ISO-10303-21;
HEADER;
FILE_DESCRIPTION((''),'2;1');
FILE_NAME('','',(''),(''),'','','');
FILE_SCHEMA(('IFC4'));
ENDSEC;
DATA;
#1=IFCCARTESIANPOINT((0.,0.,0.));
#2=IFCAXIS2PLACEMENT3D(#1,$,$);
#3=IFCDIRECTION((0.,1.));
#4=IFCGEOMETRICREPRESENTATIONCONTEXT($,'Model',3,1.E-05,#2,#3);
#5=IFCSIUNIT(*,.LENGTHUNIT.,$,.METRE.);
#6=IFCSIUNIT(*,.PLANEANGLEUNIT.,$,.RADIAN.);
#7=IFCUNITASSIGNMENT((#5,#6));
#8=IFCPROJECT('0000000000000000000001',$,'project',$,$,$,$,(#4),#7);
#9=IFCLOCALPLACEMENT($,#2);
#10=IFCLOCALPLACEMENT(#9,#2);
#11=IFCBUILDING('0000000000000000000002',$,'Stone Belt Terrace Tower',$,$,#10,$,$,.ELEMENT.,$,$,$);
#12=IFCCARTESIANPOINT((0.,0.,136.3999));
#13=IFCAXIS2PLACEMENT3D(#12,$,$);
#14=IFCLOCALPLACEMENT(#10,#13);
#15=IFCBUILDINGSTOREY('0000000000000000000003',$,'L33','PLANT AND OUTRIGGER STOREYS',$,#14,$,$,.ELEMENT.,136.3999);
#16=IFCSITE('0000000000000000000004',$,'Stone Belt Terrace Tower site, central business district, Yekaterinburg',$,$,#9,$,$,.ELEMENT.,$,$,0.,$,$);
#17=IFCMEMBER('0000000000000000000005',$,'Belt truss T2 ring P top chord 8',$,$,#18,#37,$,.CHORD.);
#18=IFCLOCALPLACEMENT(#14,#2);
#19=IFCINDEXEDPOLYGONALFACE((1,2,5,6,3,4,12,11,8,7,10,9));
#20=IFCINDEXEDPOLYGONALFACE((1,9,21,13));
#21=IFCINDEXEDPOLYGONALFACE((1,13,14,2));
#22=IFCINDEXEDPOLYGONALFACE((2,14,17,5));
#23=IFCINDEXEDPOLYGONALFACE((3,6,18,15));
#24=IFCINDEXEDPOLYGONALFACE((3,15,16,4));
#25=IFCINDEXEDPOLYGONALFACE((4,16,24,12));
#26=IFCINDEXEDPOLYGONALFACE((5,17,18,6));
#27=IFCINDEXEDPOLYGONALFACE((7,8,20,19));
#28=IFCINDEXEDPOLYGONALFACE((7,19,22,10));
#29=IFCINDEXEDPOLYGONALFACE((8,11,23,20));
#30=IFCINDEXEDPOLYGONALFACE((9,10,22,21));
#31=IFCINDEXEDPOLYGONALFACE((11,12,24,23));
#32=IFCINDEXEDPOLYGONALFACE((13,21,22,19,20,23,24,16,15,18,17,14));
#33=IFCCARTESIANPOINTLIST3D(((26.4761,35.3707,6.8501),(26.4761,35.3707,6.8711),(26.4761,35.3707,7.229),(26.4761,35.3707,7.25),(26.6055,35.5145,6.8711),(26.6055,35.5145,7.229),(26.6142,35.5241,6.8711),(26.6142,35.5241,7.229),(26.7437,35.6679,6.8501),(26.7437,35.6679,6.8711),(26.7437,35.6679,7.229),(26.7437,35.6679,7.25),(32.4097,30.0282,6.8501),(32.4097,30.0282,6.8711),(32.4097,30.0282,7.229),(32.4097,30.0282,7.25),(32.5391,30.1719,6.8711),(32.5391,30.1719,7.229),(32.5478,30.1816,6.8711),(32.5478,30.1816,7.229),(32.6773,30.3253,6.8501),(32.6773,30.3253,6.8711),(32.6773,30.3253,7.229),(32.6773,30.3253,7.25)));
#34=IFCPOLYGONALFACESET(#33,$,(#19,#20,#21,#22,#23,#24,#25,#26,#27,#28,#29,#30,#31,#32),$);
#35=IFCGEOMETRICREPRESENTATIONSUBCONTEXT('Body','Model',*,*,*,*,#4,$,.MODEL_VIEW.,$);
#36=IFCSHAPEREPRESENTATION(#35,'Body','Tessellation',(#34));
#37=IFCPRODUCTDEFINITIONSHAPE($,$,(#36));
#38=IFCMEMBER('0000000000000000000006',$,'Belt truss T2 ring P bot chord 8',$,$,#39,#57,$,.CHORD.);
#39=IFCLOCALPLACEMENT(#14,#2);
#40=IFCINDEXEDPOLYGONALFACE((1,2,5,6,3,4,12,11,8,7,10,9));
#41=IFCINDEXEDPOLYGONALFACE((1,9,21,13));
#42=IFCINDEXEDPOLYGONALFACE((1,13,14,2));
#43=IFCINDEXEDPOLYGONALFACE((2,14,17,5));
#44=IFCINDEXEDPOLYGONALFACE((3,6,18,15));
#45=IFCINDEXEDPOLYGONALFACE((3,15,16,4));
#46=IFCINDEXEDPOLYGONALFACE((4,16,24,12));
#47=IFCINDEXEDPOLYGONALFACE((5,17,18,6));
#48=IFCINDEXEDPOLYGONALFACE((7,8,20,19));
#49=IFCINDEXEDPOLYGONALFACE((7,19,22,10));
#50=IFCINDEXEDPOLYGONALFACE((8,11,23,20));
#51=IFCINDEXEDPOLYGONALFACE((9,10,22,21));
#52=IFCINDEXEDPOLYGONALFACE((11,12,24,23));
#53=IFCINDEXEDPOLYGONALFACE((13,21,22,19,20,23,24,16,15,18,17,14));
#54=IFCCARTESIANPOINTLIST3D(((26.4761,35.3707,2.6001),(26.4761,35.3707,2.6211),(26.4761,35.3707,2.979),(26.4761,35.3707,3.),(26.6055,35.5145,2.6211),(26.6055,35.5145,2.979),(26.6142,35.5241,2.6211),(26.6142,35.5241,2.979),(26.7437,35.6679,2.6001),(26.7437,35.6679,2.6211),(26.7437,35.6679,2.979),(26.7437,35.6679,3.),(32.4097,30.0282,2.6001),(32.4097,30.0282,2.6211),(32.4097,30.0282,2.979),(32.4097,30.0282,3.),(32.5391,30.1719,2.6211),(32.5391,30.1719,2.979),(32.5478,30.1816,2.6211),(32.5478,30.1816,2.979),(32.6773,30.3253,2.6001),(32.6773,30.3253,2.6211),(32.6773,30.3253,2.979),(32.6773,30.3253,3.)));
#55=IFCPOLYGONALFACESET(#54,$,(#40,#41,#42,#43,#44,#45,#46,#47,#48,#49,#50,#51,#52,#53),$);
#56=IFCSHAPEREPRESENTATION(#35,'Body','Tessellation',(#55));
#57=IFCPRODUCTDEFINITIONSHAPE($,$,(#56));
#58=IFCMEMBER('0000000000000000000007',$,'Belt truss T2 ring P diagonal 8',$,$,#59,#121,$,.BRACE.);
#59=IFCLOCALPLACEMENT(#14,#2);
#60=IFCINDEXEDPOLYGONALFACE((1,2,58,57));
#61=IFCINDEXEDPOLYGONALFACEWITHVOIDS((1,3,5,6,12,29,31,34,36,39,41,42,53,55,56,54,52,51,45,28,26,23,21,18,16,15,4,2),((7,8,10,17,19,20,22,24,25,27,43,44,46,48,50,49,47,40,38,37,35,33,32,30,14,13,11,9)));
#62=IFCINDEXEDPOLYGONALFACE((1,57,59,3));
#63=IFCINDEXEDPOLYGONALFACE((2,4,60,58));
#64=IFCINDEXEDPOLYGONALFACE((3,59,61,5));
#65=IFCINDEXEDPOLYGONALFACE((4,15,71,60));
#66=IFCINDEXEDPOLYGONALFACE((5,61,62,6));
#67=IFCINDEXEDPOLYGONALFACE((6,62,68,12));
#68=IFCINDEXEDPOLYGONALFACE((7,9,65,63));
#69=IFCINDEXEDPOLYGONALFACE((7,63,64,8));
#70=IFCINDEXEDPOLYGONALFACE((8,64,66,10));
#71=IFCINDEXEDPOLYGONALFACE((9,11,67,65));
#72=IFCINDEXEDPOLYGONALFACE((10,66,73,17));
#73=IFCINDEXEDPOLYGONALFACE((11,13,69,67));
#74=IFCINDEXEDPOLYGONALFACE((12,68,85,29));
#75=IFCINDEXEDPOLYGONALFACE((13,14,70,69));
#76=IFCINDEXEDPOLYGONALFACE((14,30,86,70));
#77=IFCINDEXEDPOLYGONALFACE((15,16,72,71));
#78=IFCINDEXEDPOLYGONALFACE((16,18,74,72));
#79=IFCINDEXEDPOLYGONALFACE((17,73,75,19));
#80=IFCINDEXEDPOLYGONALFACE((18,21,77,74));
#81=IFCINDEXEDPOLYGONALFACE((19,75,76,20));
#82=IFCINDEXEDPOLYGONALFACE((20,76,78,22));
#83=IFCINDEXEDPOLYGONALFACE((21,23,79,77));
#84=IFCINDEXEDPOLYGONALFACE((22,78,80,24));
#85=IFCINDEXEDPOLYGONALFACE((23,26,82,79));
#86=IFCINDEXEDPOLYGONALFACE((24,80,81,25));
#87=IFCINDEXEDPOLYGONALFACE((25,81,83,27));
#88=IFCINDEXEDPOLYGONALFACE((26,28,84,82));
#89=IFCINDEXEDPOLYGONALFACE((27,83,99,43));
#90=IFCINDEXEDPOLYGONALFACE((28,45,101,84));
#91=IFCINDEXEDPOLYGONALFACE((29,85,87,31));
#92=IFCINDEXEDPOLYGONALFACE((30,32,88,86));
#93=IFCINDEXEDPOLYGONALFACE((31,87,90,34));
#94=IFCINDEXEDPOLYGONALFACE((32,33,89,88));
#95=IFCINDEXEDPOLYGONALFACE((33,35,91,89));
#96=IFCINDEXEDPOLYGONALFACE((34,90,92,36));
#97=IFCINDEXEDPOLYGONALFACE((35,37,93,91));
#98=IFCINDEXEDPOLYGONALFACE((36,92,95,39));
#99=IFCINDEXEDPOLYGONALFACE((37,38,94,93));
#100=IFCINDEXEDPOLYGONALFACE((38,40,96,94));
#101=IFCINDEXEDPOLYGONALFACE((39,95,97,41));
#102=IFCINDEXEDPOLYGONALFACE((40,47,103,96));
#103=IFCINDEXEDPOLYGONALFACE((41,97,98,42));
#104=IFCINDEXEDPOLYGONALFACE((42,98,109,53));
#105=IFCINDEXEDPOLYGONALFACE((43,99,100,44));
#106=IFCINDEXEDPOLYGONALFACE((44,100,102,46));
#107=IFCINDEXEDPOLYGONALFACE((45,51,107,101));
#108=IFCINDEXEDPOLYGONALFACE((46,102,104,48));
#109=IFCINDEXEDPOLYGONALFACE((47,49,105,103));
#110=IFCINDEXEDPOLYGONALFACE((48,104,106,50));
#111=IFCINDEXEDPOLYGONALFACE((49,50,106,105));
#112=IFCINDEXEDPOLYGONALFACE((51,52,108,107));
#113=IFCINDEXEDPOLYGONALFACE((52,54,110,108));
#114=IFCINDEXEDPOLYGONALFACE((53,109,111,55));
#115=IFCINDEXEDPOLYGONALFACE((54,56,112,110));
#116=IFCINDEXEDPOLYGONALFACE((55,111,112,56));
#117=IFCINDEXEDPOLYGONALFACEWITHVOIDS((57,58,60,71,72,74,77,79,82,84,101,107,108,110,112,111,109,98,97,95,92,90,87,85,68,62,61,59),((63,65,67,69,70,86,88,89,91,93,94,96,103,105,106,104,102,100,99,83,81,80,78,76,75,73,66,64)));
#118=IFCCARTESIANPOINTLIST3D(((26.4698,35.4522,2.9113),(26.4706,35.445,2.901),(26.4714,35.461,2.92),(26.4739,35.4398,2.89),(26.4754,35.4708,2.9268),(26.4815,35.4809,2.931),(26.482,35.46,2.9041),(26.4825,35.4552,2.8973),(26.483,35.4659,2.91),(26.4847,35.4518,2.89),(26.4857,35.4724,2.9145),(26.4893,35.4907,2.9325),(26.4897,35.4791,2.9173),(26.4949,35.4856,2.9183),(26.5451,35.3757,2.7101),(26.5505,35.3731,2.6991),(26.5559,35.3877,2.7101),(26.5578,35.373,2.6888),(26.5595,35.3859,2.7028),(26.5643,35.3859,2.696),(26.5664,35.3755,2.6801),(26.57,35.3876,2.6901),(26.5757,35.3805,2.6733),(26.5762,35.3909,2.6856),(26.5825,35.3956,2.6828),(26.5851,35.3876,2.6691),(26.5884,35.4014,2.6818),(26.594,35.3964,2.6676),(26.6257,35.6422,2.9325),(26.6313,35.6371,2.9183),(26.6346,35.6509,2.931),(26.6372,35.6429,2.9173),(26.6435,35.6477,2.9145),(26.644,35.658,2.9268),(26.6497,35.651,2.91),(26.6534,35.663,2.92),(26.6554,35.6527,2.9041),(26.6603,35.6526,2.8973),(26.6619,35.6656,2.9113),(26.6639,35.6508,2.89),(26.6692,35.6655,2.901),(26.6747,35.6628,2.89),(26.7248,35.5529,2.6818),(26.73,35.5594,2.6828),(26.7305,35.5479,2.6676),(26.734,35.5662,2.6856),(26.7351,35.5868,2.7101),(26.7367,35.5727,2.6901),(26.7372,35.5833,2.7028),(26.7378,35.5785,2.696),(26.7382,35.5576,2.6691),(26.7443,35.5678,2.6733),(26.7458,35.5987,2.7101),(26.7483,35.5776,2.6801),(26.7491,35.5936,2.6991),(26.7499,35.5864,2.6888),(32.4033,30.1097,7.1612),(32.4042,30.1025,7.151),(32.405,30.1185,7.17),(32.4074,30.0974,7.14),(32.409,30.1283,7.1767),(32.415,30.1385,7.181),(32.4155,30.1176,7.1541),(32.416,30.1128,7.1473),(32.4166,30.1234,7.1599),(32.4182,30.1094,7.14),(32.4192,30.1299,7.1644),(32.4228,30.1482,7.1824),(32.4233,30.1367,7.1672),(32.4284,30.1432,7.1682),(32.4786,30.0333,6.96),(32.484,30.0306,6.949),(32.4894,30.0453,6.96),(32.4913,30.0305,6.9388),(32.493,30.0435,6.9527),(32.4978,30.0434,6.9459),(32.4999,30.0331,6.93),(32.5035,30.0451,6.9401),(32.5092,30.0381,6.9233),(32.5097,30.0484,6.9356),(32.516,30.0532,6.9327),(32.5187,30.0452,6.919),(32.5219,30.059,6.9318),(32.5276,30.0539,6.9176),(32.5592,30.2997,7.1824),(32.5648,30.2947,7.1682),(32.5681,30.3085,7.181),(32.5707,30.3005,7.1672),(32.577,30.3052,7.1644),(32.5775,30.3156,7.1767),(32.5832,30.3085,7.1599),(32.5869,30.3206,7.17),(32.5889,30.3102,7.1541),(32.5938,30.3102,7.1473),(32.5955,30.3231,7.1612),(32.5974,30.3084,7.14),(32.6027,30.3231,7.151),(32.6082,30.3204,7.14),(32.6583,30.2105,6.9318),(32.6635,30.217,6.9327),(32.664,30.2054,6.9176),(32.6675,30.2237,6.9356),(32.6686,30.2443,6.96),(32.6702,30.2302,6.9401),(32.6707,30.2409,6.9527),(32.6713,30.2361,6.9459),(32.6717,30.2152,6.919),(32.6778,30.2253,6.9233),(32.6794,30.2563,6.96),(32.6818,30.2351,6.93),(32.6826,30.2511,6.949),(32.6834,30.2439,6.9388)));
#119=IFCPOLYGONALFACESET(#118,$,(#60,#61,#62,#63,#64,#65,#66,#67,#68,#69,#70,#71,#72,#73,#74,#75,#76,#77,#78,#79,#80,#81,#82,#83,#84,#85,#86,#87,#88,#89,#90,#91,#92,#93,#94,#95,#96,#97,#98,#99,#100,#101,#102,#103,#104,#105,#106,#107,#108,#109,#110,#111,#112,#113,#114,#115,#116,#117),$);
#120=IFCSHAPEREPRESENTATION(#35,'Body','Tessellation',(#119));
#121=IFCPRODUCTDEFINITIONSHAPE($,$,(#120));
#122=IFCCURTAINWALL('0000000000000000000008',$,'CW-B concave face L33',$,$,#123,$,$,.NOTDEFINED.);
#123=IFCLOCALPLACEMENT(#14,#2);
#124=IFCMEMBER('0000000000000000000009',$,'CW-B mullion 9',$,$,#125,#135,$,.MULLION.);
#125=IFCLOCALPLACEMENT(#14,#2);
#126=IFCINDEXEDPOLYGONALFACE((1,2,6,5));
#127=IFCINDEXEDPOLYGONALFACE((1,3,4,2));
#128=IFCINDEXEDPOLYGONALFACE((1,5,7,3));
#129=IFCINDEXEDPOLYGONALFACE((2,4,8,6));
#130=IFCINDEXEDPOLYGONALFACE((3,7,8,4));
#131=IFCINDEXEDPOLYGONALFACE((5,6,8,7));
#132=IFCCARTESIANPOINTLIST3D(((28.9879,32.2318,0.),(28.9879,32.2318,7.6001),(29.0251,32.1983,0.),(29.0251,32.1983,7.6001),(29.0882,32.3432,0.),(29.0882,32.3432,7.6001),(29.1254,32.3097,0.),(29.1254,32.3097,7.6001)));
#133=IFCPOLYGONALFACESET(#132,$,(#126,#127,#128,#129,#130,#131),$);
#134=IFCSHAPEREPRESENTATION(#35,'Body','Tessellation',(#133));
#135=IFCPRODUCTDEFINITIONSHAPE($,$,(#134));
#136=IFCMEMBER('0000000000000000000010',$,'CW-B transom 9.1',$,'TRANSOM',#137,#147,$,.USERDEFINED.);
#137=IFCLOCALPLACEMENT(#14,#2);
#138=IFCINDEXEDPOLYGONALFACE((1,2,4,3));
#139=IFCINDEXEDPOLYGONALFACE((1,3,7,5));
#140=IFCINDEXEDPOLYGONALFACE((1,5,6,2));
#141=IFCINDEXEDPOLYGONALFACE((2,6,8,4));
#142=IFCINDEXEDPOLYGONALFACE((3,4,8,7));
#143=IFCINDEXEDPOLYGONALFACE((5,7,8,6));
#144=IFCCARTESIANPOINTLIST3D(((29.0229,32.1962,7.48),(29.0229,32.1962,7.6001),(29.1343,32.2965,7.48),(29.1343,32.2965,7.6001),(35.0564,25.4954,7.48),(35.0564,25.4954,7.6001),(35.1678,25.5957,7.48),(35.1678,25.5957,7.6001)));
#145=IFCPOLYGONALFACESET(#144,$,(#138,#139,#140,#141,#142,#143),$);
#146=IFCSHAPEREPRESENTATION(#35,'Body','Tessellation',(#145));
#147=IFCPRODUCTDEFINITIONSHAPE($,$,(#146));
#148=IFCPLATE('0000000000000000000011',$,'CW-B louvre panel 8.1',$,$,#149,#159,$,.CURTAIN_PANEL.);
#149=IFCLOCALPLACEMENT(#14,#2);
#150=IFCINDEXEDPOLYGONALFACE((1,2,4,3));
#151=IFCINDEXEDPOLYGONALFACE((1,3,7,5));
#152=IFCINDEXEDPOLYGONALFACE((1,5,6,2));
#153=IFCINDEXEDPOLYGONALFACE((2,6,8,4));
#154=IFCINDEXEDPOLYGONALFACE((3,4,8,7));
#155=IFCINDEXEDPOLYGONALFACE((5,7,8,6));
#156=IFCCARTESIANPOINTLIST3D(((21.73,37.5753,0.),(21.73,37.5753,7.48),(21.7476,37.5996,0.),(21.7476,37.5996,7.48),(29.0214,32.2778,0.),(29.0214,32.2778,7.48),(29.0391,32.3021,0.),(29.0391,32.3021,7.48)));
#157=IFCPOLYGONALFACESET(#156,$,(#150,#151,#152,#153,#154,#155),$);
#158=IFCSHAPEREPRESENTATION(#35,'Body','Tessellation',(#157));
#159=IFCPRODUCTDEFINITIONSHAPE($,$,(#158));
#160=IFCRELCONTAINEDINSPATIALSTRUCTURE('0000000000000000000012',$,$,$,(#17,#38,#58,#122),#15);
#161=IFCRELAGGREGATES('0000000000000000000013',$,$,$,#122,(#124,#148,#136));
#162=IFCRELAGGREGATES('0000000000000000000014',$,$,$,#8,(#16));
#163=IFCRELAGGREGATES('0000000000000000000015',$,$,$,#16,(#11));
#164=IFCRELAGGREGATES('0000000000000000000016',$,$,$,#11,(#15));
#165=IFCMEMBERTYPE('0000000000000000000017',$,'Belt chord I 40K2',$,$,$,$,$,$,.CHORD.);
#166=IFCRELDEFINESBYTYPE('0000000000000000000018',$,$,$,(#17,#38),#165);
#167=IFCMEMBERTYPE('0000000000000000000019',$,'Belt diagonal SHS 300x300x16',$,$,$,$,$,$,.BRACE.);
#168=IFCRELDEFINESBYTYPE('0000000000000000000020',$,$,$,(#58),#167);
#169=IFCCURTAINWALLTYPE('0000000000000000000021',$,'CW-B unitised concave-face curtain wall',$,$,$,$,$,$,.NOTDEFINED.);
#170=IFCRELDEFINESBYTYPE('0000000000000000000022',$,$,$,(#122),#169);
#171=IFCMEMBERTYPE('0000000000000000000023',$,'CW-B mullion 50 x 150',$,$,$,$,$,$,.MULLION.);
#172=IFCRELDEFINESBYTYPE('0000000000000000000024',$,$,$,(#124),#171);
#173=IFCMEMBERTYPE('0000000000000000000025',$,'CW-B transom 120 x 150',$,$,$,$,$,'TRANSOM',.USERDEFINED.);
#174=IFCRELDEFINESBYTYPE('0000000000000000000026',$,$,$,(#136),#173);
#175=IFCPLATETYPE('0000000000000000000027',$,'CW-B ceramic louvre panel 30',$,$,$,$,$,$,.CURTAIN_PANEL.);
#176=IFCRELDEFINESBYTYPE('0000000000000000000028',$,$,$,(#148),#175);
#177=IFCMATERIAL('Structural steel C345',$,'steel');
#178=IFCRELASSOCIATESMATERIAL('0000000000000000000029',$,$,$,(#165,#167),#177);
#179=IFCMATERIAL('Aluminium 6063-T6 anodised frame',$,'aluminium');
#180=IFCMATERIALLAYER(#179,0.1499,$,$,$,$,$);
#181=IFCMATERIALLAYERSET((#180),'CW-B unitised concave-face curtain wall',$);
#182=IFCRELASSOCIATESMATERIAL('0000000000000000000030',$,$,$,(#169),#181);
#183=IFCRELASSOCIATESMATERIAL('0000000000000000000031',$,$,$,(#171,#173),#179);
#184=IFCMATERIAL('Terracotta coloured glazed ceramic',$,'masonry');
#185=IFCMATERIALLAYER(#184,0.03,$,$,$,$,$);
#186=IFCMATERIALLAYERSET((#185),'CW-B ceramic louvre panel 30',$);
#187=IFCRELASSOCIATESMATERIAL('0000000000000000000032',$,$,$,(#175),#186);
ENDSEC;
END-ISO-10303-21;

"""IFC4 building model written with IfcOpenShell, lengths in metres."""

from ifc_helpers import new_model, si_unit, direction, frame, origin, origin_2d, place, context, subcontext, project, spatial, rectangle, hollow_rectangle, i_section, extrude, material, layer, layer_set, material_profile, profile_set, type_object, element, aggregate, save


model = new_model("IFC4")

# Units and contexts
model_context = context("Model", 3, precision=1e-05, world=origin(), true_north=direction((0.0, 1.0)))
body_context = subcontext(model_context, "Body", "Model", "MODEL_VIEW")
ifc_project = project(units=[si_unit("LENGTHUNIT", "METRE"), si_unit("PLANEANGLEUNIT", "RADIAN")], contexts=[model_context])

# Site, building, storey
site_placement = place(None, origin())
site = spatial("IfcSite", under=ifc_project, at=site_placement, Name="Stone Belt Terrace Tower site, central business district, Yekaterinburg", CompositionType="ELEMENT", RefElevation=0.0)
building_placement = place(site_placement, origin())
building = spatial("IfcBuilding", under=site, at=building_placement, Name="Stone Belt Terrace Tower", CompositionType="ELEMENT")
storey_placement = place(building_placement, frame((0.0, 0.0, 136.3999)))
storey = spatial("IfcBuildingStorey", under=building, at=storey_placement, Name="L33", Description="PLANT AND OUTRIGGER STOREYS", CompositionType="ELEMENT", Elevation=136.3999)

# Members
ifc_material_1 = material(Name="Structural steel C345", Category="steel")
ifc_material_profile_1 = material_profile(ifc_material_1, i_section(OverallWidth=0.3999, OverallDepth=0.3999, WebThickness=0.0129, FlangeThickness=0.021, at=origin_2d()), Name="I 40K2")
ifc_profile_set_1 = profile_set([ifc_material_profile_1], Name="Structural steel C345")
member_type_1 = type_object("IfcMemberType", Name="Belt chord I 40K2", PredefinedType="CHORD", material=ifc_profile_set_1)
for number, where, z_axis, x_axis, name in (
    (1, (26.6099, 35.5193, 7.05), (0.743151, -0.669124, 0.0), (0.669124, 0.743151, 0.0), "Belt truss T2 ring P top chord 8"),
    (2, (26.6099, 35.5193, 2.8), (0.743151, -0.669124, 0.0), (0.669124, 0.743151, 0.0), "Belt truss T2 ring P bot chord 8"),
):
    element("IfcMember", number, at=place(storey_placement, frame(where, z_axis=z_axis, x_axis=x_axis)), inside=storey, type_object=member_type_1, Name=name, PredefinedType="CHORD", context=body_context, shape_type="SweptSolid", body=[
        extrude(i_section(OverallWidth=0.3999, OverallDepth=0.3999, WebThickness=0.0129, FlangeThickness=0.021, at=origin_2d()), origin(), (0.0, 0.0, 1.0), 7.9844),
    ])
ifc_material_profile_2 = material_profile(ifc_material_1, hollow_rectangle(XDim=0.3, YDim=0.3, WallThickness=0.0161, InnerFilletRadius=0.032, OuterFilletRadius=0.0481, at=origin_2d()), Name="SHS 300x300x16")
ifc_profile_set_2 = profile_set([ifc_material_profile_2], Name="Structural steel C345")
member_type_2 = type_object("IfcMemberType", Name="Belt diagonal SHS 300x300x16", PredefinedType="BRACE", material=ifc_profile_set_2)
member_1_placement = place(storey_placement, frame((26.6099, 35.5193, 2.8), z_axis=(0.656006, -0.590659, 0.469871), x_axis=(0.669124, 0.743151, 0.0)))
element("IfcMember", 3, at=member_1_placement, inside=storey, type_object=member_type_2, Name="Belt truss T2 ring P diagonal 8", PredefinedType="BRACE", context=body_context, shape_type="SweptSolid", body=[
    extrude(hollow_rectangle(XDim=0.3, YDim=0.3, WallThickness=0.0161, InnerFilletRadius=0.032, OuterFilletRadius=0.0481, at=origin_2d()), origin(), (0.0, 0.0, 1.0), 9.0449),
])

# Curtain wall, members, plate
ifc_material_2 = material(Name="Aluminium 6063-T6 anodised frame", Category="aluminium")
ifc_layer_1 = layer(ifc_material_2, 0.1499)
ifc_layer_set_1 = layer_set([ifc_layer_1], Name="CW-B unitised concave-face curtain wall")
curtain_wall_type = type_object("IfcCurtainWallType", Name="CW-B unitised concave-face curtain wall", PredefinedType="NOTDEFINED", material=ifc_layer_set_1)
curtain_wall_placement = place(storey_placement, origin())
curtain_wall = element("IfcCurtainWall", 4, at=curtain_wall_placement, inside=storey, type_object=curtain_wall_type, Name="CW-B concave face L33", PredefinedType="NOTDEFINED")
ifc_material_profile_3 = material_profile(ifc_material_2, rectangle(XDim=0.1499, YDim=0.05, at=origin_2d()), Name="Aluminium 6063-T6 50x150")
ifc_profile_set_3 = profile_set([ifc_material_profile_3], Name="Aluminium 6063-T6 anodised frame")
member_type_3 = type_object("IfcMemberType", Name="CW-B mullion 50 x 150", PredefinedType="MULLION", material=ifc_profile_set_3)
member_2_placement = place(storey_placement, frame((29.0566, 32.2708, 0.0), z_axis=(0.0, 0.0, 1.0), x_axis=(0.669131, 0.743145, 0.0)))
member_2 = element("IfcMember", 5, at=member_2_placement, type_object=member_type_3, Name="CW-B mullion 9", PredefinedType="MULLION", context=body_context, shape_type="SweptSolid", body=[
    extrude(rectangle(XDim=0.1499, YDim=0.05, at=origin_2d()), origin(), (0.0, 0.0, 1.0), 7.6001),
])
ifc_material_profile_4 = material_profile(ifc_material_2, rectangle(XDim=0.1499, YDim=0.1201, at=origin_2d()), Name="Aluminium 6063-T6 150x120")
ifc_profile_set_4 = profile_set([ifc_material_profile_4], Name="Aluminium 6063-T6 anodised frame")
member_type_4 = type_object("IfcMemberType", Name="CW-B transom 120 x 150", ElementType="TRANSOM", PredefinedType="USERDEFINED", material=ifc_profile_set_4)
member_3_placement = place(storey_placement, frame((29.0786, 32.2463, 7.54), z_axis=(0.669138, -0.743138, 0.0), x_axis=(0.743138, 0.669138, 0.0)))
member_3 = element("IfcMember", 6, at=member_3_placement, type_object=member_type_4, Name="CW-B transom 9.1", ObjectType="TRANSOM", PredefinedType="USERDEFINED", context=body_context, shape_type="SweptSolid", body=[
    extrude(rectangle(XDim=0.1499, YDim=0.1201, at=origin_2d()), origin(), (0.0, 0.0, 1.0), 9.0168),
])
ifc_material_3 = material(Name="Terracotta coloured glazed ceramic", Category="masonry")
ifc_layer_2 = layer(ifc_material_3, 0.03)
ifc_layer_set_2 = layer_set([ifc_layer_2], Name="CW-B ceramic louvre panel 30")
plate_type = type_object("IfcPlateType", Name="CW-B ceramic louvre panel 30", PredefinedType="CURTAIN_PANEL", material=ifc_layer_set_2)
plate_placement = place(storey_placement, frame((25.3845, 34.9387, 0.0), z_axis=(0.0, 0.0, 1.0), x_axis=(0.809017, -0.587785, 0.0)))
plate = element("IfcPlate", 7, at=plate_placement, type_object=plate_type, Name="CW-B louvre panel 8.1", PredefinedType="CURTAIN_PANEL", context=body_context, shape_type="SweptSolid", body=[
    extrude(rectangle(XDim=9.0127, YDim=0.03, at=origin_2d()), origin(), (0.0, 0.0, 1.0), 7.48),
])
aggregate(curtain_wall, [member_2, plate, member_3])

save(model, "model.ifc")
